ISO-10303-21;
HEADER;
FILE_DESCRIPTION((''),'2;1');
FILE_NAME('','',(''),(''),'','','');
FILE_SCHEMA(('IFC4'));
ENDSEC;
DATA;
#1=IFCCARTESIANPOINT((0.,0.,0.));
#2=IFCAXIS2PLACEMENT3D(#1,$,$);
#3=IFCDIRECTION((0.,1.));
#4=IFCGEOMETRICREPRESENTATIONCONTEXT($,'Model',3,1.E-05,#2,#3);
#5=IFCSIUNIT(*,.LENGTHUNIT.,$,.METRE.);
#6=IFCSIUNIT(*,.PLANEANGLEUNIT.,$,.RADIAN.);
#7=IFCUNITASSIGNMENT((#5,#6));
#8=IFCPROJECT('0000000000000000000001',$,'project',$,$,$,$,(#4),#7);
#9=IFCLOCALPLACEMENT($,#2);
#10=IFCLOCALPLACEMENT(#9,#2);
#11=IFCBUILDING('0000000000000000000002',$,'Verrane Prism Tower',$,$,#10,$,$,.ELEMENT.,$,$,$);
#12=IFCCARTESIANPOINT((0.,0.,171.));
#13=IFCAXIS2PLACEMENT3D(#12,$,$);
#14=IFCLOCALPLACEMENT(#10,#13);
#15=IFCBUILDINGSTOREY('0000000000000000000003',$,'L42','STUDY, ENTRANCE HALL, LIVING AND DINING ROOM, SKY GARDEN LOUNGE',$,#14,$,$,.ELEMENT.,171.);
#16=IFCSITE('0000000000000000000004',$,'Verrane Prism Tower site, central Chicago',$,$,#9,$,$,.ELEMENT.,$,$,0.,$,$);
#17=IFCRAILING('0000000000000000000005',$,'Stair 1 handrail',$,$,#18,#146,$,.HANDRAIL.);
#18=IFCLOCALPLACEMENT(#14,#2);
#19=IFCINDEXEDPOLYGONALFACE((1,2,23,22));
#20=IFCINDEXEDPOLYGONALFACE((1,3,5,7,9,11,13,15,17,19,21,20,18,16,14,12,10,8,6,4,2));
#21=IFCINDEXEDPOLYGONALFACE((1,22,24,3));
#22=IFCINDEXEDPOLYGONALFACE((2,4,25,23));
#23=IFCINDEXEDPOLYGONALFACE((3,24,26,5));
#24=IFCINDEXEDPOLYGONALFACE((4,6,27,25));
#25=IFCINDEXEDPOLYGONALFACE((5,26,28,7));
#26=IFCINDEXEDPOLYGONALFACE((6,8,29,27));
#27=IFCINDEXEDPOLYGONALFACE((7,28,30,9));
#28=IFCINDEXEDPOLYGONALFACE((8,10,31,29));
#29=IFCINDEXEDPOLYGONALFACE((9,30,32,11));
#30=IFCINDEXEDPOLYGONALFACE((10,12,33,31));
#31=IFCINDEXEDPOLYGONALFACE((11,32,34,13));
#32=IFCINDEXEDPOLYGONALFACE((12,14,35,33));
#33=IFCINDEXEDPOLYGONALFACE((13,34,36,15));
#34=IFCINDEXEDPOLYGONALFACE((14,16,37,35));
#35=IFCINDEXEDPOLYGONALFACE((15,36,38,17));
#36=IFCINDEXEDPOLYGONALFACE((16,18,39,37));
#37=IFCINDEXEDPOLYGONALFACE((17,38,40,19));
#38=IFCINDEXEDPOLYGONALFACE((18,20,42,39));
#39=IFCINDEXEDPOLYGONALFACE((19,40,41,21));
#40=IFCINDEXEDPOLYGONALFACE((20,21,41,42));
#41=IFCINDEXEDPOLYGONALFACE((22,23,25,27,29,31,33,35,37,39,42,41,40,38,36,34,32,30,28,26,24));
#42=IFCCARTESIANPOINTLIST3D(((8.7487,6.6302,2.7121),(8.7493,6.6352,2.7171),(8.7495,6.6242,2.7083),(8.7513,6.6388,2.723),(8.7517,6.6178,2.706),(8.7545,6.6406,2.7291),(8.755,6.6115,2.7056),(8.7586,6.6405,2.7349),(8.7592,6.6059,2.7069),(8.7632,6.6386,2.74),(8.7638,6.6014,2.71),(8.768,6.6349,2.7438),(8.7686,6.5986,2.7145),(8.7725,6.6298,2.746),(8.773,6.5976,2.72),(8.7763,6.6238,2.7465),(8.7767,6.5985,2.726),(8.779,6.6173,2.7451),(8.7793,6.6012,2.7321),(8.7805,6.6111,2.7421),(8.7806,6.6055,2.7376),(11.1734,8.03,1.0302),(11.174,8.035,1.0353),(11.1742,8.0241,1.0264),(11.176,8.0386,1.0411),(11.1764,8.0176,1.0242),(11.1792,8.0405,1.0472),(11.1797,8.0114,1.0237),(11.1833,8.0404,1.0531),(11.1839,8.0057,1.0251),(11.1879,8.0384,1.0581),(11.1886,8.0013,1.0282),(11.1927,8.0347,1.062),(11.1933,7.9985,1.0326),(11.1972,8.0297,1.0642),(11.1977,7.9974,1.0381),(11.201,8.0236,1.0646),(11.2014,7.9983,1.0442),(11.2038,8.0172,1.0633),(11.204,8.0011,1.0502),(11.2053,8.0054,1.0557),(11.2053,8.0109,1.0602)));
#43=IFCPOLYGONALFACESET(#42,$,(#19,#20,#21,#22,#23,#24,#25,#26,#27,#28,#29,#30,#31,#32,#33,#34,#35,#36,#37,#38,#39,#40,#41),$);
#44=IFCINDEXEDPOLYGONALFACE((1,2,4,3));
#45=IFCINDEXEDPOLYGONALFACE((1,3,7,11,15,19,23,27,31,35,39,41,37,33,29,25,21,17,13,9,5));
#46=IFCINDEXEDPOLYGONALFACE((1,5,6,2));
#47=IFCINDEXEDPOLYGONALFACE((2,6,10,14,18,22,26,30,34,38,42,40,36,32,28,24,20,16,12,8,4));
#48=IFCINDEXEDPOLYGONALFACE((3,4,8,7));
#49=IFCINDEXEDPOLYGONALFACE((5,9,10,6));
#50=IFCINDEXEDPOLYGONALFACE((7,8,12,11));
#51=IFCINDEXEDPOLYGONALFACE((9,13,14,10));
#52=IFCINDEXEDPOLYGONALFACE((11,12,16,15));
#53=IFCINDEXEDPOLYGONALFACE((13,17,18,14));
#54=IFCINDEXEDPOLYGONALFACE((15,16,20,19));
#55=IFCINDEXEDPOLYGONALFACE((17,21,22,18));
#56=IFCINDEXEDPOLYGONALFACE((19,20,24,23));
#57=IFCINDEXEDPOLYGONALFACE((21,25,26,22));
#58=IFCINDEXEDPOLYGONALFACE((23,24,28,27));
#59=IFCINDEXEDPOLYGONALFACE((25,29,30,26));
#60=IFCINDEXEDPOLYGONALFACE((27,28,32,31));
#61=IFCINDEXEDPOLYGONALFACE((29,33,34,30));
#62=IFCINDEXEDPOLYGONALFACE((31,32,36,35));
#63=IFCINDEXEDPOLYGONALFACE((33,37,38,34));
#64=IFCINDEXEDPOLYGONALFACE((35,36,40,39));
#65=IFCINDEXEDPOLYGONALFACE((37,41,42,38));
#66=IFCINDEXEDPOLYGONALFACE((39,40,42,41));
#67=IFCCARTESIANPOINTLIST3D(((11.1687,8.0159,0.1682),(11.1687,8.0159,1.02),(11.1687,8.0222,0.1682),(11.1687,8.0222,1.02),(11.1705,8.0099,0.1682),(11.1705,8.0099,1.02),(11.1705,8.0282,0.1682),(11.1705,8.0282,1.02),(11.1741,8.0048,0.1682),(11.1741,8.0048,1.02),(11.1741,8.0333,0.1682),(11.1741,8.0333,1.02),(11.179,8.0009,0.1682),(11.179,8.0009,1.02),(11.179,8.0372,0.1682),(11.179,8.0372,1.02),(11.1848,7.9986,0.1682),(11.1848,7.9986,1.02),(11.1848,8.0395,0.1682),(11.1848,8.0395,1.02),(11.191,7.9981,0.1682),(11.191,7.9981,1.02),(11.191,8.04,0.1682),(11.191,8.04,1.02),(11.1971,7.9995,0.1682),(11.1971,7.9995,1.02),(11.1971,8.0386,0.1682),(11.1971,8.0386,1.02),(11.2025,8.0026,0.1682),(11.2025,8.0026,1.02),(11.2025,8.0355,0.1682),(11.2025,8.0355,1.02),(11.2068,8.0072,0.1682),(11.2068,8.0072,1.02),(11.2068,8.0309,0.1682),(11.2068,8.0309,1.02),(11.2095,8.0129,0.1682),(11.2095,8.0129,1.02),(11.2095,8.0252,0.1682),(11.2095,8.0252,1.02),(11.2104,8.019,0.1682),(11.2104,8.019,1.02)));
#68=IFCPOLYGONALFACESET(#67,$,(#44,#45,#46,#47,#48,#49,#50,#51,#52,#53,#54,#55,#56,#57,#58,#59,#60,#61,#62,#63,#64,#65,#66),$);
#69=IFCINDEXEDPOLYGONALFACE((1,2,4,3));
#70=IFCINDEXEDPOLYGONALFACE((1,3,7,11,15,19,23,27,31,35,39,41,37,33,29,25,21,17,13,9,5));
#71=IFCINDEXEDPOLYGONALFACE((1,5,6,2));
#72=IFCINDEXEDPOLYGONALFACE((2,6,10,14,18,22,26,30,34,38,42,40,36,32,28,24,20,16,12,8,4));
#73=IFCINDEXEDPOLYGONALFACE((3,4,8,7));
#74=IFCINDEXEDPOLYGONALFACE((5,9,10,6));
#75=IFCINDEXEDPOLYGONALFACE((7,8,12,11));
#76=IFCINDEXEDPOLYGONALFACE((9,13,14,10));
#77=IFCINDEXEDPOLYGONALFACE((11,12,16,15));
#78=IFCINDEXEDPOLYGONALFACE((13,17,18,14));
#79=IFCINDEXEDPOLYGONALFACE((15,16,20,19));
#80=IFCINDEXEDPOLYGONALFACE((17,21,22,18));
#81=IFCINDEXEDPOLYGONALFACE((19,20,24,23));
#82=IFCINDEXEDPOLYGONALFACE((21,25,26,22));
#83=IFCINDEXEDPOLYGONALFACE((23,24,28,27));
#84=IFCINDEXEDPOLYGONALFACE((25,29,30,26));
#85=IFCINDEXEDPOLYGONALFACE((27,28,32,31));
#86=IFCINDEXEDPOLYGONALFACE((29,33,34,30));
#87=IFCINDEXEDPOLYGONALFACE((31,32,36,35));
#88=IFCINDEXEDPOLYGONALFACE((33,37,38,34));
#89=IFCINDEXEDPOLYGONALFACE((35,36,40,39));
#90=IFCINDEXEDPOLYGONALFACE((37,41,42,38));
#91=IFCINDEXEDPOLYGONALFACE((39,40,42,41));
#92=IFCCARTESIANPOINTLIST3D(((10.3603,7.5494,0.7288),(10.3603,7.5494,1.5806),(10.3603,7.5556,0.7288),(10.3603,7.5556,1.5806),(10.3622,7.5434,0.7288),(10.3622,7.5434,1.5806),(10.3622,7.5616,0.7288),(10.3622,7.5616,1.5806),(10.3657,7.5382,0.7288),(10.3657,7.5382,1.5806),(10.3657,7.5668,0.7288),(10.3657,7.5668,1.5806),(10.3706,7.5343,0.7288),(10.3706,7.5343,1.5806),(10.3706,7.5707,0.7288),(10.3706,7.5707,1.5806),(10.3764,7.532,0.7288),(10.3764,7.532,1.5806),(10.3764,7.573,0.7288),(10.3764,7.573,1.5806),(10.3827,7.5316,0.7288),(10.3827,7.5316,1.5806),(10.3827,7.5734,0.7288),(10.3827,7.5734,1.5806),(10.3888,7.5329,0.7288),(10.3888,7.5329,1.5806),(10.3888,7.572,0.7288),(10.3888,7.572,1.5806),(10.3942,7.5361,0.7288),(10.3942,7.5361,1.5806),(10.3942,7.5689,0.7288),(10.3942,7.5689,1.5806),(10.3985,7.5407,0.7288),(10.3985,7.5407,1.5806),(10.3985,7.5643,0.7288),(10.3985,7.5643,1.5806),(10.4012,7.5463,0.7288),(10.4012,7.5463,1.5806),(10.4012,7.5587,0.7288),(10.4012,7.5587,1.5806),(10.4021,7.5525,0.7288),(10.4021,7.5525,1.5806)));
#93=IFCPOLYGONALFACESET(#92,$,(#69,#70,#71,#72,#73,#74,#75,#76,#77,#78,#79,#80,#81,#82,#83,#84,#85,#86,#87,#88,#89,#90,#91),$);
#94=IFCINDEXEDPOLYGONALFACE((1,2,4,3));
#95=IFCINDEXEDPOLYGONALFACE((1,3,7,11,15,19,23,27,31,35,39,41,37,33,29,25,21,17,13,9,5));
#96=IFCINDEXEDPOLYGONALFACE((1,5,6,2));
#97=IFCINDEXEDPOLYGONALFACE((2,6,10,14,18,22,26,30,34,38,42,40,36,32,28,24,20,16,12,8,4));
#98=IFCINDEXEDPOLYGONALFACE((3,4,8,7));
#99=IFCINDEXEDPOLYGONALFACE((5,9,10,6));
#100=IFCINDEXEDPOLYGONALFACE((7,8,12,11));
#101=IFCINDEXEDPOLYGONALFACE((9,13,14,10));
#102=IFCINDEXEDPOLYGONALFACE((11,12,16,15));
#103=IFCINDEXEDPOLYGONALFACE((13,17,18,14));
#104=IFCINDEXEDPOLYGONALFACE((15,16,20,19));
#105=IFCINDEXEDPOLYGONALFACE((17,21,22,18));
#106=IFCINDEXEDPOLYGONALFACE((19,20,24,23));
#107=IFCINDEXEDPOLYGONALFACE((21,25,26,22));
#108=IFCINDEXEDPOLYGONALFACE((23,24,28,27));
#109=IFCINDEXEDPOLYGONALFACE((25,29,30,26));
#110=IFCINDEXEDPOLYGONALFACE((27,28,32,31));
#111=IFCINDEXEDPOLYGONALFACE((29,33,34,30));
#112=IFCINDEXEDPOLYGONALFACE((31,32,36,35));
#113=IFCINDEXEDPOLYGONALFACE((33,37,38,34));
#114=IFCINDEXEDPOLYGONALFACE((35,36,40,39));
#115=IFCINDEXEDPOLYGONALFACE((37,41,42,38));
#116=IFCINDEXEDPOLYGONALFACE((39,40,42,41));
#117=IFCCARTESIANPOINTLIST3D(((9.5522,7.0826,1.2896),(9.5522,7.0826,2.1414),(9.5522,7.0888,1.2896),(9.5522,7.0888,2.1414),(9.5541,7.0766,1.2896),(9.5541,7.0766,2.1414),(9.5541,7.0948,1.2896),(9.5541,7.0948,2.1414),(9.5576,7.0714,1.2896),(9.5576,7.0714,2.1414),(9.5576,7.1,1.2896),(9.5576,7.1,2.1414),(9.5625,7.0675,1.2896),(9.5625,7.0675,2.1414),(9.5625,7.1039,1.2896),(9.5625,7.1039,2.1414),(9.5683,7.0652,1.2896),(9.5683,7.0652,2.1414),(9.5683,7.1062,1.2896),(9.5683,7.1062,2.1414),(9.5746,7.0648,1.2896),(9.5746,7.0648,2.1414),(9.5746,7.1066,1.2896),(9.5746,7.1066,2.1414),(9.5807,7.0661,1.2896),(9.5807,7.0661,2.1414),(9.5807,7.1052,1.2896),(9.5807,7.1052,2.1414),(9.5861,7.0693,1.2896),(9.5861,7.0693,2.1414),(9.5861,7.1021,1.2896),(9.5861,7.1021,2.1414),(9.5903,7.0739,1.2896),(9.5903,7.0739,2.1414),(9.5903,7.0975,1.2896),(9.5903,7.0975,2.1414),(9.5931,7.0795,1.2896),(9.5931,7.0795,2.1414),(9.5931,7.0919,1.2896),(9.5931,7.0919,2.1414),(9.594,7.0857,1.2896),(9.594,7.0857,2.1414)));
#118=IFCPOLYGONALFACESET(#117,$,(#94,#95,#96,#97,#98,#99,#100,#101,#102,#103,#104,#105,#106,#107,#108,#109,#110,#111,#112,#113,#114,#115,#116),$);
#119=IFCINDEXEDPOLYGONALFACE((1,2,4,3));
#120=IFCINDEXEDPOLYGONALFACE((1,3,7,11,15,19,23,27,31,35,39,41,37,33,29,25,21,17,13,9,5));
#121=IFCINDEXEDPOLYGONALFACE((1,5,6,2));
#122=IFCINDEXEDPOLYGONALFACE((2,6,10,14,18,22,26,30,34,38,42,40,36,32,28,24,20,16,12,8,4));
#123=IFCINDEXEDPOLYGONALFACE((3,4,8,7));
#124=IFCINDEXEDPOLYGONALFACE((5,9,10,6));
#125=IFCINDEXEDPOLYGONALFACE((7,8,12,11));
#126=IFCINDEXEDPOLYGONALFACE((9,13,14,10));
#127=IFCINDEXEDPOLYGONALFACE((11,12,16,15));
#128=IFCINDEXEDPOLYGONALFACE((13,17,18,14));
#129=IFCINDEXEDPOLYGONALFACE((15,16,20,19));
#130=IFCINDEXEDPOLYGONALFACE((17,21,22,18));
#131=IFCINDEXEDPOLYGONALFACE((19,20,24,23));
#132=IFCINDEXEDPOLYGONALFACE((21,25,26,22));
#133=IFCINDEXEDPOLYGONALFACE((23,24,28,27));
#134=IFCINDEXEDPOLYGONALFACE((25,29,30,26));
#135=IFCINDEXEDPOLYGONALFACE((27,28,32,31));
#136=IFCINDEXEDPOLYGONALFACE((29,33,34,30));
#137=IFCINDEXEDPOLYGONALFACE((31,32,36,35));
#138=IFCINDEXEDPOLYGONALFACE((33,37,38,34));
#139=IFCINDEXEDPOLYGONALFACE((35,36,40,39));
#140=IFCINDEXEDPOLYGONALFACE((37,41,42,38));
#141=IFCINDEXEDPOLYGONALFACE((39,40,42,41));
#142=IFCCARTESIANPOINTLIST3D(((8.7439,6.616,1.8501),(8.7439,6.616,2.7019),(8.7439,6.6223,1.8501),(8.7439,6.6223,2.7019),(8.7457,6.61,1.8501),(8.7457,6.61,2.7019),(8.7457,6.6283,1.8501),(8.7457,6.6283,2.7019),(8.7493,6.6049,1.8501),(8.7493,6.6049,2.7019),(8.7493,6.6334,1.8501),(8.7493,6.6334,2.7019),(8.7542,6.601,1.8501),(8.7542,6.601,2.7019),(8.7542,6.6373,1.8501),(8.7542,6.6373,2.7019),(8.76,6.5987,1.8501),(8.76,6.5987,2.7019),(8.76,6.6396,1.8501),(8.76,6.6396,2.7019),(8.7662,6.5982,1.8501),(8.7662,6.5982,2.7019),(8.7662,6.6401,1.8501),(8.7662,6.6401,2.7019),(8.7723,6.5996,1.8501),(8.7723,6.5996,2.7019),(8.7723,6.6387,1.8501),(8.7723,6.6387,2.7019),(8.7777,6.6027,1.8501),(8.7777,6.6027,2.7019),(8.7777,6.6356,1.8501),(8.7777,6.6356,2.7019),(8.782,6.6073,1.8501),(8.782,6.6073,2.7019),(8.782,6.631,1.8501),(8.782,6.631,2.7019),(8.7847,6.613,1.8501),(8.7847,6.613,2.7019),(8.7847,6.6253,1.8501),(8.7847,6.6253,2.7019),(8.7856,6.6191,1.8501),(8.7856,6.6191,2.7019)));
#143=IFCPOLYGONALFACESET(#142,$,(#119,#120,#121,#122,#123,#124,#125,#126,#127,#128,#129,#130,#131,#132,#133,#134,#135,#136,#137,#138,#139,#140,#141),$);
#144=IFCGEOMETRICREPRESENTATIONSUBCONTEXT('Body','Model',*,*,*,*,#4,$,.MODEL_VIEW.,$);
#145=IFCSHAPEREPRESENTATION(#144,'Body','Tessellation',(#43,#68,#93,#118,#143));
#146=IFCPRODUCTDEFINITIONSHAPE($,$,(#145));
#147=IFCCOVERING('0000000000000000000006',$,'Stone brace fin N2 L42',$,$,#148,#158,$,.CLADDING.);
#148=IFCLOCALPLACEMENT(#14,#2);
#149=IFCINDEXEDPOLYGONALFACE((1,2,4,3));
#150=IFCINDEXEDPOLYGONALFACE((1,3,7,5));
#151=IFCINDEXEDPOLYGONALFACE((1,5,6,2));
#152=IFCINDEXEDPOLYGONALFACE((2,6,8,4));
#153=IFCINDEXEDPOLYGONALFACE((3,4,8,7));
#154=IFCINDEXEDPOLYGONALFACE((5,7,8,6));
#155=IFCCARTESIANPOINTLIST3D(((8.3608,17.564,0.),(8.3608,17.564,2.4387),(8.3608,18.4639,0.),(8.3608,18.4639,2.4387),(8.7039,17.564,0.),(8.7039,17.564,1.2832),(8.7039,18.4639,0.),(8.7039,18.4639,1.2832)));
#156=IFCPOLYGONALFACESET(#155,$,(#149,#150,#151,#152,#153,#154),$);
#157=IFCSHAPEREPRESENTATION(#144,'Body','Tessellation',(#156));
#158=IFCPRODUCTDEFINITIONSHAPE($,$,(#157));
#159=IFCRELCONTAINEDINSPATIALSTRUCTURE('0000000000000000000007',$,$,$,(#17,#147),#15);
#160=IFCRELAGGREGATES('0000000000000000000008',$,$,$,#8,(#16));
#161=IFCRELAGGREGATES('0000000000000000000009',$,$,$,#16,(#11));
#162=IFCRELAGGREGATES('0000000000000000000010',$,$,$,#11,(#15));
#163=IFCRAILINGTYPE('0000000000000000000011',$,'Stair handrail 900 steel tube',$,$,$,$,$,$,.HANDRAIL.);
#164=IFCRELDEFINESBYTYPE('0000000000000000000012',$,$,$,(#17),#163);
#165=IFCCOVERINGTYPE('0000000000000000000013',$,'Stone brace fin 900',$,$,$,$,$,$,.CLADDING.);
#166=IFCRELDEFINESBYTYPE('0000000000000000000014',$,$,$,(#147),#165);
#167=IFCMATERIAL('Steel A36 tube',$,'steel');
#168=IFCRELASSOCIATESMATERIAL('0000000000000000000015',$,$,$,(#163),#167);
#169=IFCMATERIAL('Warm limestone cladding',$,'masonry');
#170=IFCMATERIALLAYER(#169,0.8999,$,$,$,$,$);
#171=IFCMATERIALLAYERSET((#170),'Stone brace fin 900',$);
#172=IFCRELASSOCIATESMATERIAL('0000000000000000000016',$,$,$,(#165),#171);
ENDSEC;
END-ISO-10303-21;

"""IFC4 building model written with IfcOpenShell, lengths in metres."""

from ifc_helpers import new_model, si_unit, direction, frame, origin, origin_2d, place, context, subcontext, project, spatial, polyline, circle, outline, extrude, material, layer, layer_set, type_object, element, save


model = new_model("IFC4")

# Units and contexts
model_context = context("Model", 3, precision=1e-05, world=origin(), true_north=direction((0.0, 1.0)))
body_context = subcontext(model_context, "Body", "Model", "MODEL_VIEW")
ifc_project = project(units=[si_unit("LENGTHUNIT", "METRE"), si_unit("PLANEANGLEUNIT", "RADIAN")], contexts=[model_context])

# Site, building, storey
site_placement = place(None, origin())
site = spatial("IfcSite", under=ifc_project, at=site_placement, Name="Verrane Prism Tower site, central Chicago", CompositionType="ELEMENT", RefElevation=0.0)
building_placement = place(site_placement, origin())
building = spatial("IfcBuilding", under=site, at=building_placement, Name="Verrane Prism Tower", CompositionType="ELEMENT")
storey_placement = place(building_placement, frame((0.0, 0.0, 171.0)))
storey = spatial("IfcBuildingStorey", under=building, at=storey_placement, Name="L42", Description="STUDY, ENTRANCE HALL, LIVING AND DINING ROOM, SKY GARDEN LOUNGE", CompositionType="ELEMENT", Elevation=171.0)

# Railing
ifc_material_1 = material(Name="Steel A36 tube", Category="steel")
railing_type = type_object("IfcRailingType", Name="Stair handrail 900 steel tube", PredefinedType="HANDRAIL", material=ifc_material_1)
railing_placement = place(storey_placement, frame((11.1895, 8.019, 0.1682)))
element("IfcRailing", 1, at=railing_placement, inside=storey, type_object=railing_type, Name="Stair 1 handrail", PredefinedType="HANDRAIL", context=body_context, shape_type="SweptSolid", body=[
    extrude(circle(Radius=0.0239, at=origin_2d()), frame((0.0, 0.0, 0.876), z_axis=(-0.74239, -0.428601, 0.514934), x_axis=(0.499984, -0.866035, 0.0)), (0.0, 0.0, 1.0), 3.2661),
    extrude(circle(Radius=0.021, at=origin_2d()), origin(), (0.0, 0.0, 1.0), 0.8518),
    extrude(circle(Radius=0.021, at=origin_2d()), frame((-0.8083, -0.4666, 0.5605)), (0.0, 0.0, 1.0), 0.8518),
    extrude(circle(Radius=0.021, at=origin_2d()), frame((-1.6165, -0.9333, 1.1213)), (0.0, 0.0, 1.0), 0.8518),
    extrude(circle(Radius=0.021, at=origin_2d()), frame((-2.4248, -1.3999, 1.6819)), (0.0, 0.0, 1.0), 0.8518),
])

# Covering
ifc_material_2 = material(Name="Warm limestone cladding", Category="masonry")
ifc_layer_1 = layer(ifc_material_2, 0.8999)
ifc_layer_set_1 = layer_set([ifc_layer_1], Name="Stone brace fin 900")
covering_type = type_object("IfcCoveringType", Name="Stone brace fin 900", PredefinedType="CLADDING", material=ifc_layer_set_1)
covering_placement = place(storey_placement, frame((8.7039, 18.0139, 0.0), z_axis=(0.0, 0.0, 1.0), x_axis=(-1.0, 0.0, 0.0)))
element("IfcCovering", 2, at=covering_placement, inside=storey, type_object=covering_type, Name="Stone brace fin N2 L42", PredefinedType="CLADDING", context=body_context, shape_type="SweptSolid", body=[
    extrude(outline(polyline([(0.0, 0.0), (0.343, 0.0), (0.343, 2.4387), (0.0, 1.2832), (0.0, 0.0)])), frame((0.0, 0.45, 0.0), z_axis=(0.0, -1.0, 0.0), x_axis=(1.0, 0.0, 0.0)), (0.0, 0.0, 1.0), 0.8999),
])

save(model, "model.ifc")
